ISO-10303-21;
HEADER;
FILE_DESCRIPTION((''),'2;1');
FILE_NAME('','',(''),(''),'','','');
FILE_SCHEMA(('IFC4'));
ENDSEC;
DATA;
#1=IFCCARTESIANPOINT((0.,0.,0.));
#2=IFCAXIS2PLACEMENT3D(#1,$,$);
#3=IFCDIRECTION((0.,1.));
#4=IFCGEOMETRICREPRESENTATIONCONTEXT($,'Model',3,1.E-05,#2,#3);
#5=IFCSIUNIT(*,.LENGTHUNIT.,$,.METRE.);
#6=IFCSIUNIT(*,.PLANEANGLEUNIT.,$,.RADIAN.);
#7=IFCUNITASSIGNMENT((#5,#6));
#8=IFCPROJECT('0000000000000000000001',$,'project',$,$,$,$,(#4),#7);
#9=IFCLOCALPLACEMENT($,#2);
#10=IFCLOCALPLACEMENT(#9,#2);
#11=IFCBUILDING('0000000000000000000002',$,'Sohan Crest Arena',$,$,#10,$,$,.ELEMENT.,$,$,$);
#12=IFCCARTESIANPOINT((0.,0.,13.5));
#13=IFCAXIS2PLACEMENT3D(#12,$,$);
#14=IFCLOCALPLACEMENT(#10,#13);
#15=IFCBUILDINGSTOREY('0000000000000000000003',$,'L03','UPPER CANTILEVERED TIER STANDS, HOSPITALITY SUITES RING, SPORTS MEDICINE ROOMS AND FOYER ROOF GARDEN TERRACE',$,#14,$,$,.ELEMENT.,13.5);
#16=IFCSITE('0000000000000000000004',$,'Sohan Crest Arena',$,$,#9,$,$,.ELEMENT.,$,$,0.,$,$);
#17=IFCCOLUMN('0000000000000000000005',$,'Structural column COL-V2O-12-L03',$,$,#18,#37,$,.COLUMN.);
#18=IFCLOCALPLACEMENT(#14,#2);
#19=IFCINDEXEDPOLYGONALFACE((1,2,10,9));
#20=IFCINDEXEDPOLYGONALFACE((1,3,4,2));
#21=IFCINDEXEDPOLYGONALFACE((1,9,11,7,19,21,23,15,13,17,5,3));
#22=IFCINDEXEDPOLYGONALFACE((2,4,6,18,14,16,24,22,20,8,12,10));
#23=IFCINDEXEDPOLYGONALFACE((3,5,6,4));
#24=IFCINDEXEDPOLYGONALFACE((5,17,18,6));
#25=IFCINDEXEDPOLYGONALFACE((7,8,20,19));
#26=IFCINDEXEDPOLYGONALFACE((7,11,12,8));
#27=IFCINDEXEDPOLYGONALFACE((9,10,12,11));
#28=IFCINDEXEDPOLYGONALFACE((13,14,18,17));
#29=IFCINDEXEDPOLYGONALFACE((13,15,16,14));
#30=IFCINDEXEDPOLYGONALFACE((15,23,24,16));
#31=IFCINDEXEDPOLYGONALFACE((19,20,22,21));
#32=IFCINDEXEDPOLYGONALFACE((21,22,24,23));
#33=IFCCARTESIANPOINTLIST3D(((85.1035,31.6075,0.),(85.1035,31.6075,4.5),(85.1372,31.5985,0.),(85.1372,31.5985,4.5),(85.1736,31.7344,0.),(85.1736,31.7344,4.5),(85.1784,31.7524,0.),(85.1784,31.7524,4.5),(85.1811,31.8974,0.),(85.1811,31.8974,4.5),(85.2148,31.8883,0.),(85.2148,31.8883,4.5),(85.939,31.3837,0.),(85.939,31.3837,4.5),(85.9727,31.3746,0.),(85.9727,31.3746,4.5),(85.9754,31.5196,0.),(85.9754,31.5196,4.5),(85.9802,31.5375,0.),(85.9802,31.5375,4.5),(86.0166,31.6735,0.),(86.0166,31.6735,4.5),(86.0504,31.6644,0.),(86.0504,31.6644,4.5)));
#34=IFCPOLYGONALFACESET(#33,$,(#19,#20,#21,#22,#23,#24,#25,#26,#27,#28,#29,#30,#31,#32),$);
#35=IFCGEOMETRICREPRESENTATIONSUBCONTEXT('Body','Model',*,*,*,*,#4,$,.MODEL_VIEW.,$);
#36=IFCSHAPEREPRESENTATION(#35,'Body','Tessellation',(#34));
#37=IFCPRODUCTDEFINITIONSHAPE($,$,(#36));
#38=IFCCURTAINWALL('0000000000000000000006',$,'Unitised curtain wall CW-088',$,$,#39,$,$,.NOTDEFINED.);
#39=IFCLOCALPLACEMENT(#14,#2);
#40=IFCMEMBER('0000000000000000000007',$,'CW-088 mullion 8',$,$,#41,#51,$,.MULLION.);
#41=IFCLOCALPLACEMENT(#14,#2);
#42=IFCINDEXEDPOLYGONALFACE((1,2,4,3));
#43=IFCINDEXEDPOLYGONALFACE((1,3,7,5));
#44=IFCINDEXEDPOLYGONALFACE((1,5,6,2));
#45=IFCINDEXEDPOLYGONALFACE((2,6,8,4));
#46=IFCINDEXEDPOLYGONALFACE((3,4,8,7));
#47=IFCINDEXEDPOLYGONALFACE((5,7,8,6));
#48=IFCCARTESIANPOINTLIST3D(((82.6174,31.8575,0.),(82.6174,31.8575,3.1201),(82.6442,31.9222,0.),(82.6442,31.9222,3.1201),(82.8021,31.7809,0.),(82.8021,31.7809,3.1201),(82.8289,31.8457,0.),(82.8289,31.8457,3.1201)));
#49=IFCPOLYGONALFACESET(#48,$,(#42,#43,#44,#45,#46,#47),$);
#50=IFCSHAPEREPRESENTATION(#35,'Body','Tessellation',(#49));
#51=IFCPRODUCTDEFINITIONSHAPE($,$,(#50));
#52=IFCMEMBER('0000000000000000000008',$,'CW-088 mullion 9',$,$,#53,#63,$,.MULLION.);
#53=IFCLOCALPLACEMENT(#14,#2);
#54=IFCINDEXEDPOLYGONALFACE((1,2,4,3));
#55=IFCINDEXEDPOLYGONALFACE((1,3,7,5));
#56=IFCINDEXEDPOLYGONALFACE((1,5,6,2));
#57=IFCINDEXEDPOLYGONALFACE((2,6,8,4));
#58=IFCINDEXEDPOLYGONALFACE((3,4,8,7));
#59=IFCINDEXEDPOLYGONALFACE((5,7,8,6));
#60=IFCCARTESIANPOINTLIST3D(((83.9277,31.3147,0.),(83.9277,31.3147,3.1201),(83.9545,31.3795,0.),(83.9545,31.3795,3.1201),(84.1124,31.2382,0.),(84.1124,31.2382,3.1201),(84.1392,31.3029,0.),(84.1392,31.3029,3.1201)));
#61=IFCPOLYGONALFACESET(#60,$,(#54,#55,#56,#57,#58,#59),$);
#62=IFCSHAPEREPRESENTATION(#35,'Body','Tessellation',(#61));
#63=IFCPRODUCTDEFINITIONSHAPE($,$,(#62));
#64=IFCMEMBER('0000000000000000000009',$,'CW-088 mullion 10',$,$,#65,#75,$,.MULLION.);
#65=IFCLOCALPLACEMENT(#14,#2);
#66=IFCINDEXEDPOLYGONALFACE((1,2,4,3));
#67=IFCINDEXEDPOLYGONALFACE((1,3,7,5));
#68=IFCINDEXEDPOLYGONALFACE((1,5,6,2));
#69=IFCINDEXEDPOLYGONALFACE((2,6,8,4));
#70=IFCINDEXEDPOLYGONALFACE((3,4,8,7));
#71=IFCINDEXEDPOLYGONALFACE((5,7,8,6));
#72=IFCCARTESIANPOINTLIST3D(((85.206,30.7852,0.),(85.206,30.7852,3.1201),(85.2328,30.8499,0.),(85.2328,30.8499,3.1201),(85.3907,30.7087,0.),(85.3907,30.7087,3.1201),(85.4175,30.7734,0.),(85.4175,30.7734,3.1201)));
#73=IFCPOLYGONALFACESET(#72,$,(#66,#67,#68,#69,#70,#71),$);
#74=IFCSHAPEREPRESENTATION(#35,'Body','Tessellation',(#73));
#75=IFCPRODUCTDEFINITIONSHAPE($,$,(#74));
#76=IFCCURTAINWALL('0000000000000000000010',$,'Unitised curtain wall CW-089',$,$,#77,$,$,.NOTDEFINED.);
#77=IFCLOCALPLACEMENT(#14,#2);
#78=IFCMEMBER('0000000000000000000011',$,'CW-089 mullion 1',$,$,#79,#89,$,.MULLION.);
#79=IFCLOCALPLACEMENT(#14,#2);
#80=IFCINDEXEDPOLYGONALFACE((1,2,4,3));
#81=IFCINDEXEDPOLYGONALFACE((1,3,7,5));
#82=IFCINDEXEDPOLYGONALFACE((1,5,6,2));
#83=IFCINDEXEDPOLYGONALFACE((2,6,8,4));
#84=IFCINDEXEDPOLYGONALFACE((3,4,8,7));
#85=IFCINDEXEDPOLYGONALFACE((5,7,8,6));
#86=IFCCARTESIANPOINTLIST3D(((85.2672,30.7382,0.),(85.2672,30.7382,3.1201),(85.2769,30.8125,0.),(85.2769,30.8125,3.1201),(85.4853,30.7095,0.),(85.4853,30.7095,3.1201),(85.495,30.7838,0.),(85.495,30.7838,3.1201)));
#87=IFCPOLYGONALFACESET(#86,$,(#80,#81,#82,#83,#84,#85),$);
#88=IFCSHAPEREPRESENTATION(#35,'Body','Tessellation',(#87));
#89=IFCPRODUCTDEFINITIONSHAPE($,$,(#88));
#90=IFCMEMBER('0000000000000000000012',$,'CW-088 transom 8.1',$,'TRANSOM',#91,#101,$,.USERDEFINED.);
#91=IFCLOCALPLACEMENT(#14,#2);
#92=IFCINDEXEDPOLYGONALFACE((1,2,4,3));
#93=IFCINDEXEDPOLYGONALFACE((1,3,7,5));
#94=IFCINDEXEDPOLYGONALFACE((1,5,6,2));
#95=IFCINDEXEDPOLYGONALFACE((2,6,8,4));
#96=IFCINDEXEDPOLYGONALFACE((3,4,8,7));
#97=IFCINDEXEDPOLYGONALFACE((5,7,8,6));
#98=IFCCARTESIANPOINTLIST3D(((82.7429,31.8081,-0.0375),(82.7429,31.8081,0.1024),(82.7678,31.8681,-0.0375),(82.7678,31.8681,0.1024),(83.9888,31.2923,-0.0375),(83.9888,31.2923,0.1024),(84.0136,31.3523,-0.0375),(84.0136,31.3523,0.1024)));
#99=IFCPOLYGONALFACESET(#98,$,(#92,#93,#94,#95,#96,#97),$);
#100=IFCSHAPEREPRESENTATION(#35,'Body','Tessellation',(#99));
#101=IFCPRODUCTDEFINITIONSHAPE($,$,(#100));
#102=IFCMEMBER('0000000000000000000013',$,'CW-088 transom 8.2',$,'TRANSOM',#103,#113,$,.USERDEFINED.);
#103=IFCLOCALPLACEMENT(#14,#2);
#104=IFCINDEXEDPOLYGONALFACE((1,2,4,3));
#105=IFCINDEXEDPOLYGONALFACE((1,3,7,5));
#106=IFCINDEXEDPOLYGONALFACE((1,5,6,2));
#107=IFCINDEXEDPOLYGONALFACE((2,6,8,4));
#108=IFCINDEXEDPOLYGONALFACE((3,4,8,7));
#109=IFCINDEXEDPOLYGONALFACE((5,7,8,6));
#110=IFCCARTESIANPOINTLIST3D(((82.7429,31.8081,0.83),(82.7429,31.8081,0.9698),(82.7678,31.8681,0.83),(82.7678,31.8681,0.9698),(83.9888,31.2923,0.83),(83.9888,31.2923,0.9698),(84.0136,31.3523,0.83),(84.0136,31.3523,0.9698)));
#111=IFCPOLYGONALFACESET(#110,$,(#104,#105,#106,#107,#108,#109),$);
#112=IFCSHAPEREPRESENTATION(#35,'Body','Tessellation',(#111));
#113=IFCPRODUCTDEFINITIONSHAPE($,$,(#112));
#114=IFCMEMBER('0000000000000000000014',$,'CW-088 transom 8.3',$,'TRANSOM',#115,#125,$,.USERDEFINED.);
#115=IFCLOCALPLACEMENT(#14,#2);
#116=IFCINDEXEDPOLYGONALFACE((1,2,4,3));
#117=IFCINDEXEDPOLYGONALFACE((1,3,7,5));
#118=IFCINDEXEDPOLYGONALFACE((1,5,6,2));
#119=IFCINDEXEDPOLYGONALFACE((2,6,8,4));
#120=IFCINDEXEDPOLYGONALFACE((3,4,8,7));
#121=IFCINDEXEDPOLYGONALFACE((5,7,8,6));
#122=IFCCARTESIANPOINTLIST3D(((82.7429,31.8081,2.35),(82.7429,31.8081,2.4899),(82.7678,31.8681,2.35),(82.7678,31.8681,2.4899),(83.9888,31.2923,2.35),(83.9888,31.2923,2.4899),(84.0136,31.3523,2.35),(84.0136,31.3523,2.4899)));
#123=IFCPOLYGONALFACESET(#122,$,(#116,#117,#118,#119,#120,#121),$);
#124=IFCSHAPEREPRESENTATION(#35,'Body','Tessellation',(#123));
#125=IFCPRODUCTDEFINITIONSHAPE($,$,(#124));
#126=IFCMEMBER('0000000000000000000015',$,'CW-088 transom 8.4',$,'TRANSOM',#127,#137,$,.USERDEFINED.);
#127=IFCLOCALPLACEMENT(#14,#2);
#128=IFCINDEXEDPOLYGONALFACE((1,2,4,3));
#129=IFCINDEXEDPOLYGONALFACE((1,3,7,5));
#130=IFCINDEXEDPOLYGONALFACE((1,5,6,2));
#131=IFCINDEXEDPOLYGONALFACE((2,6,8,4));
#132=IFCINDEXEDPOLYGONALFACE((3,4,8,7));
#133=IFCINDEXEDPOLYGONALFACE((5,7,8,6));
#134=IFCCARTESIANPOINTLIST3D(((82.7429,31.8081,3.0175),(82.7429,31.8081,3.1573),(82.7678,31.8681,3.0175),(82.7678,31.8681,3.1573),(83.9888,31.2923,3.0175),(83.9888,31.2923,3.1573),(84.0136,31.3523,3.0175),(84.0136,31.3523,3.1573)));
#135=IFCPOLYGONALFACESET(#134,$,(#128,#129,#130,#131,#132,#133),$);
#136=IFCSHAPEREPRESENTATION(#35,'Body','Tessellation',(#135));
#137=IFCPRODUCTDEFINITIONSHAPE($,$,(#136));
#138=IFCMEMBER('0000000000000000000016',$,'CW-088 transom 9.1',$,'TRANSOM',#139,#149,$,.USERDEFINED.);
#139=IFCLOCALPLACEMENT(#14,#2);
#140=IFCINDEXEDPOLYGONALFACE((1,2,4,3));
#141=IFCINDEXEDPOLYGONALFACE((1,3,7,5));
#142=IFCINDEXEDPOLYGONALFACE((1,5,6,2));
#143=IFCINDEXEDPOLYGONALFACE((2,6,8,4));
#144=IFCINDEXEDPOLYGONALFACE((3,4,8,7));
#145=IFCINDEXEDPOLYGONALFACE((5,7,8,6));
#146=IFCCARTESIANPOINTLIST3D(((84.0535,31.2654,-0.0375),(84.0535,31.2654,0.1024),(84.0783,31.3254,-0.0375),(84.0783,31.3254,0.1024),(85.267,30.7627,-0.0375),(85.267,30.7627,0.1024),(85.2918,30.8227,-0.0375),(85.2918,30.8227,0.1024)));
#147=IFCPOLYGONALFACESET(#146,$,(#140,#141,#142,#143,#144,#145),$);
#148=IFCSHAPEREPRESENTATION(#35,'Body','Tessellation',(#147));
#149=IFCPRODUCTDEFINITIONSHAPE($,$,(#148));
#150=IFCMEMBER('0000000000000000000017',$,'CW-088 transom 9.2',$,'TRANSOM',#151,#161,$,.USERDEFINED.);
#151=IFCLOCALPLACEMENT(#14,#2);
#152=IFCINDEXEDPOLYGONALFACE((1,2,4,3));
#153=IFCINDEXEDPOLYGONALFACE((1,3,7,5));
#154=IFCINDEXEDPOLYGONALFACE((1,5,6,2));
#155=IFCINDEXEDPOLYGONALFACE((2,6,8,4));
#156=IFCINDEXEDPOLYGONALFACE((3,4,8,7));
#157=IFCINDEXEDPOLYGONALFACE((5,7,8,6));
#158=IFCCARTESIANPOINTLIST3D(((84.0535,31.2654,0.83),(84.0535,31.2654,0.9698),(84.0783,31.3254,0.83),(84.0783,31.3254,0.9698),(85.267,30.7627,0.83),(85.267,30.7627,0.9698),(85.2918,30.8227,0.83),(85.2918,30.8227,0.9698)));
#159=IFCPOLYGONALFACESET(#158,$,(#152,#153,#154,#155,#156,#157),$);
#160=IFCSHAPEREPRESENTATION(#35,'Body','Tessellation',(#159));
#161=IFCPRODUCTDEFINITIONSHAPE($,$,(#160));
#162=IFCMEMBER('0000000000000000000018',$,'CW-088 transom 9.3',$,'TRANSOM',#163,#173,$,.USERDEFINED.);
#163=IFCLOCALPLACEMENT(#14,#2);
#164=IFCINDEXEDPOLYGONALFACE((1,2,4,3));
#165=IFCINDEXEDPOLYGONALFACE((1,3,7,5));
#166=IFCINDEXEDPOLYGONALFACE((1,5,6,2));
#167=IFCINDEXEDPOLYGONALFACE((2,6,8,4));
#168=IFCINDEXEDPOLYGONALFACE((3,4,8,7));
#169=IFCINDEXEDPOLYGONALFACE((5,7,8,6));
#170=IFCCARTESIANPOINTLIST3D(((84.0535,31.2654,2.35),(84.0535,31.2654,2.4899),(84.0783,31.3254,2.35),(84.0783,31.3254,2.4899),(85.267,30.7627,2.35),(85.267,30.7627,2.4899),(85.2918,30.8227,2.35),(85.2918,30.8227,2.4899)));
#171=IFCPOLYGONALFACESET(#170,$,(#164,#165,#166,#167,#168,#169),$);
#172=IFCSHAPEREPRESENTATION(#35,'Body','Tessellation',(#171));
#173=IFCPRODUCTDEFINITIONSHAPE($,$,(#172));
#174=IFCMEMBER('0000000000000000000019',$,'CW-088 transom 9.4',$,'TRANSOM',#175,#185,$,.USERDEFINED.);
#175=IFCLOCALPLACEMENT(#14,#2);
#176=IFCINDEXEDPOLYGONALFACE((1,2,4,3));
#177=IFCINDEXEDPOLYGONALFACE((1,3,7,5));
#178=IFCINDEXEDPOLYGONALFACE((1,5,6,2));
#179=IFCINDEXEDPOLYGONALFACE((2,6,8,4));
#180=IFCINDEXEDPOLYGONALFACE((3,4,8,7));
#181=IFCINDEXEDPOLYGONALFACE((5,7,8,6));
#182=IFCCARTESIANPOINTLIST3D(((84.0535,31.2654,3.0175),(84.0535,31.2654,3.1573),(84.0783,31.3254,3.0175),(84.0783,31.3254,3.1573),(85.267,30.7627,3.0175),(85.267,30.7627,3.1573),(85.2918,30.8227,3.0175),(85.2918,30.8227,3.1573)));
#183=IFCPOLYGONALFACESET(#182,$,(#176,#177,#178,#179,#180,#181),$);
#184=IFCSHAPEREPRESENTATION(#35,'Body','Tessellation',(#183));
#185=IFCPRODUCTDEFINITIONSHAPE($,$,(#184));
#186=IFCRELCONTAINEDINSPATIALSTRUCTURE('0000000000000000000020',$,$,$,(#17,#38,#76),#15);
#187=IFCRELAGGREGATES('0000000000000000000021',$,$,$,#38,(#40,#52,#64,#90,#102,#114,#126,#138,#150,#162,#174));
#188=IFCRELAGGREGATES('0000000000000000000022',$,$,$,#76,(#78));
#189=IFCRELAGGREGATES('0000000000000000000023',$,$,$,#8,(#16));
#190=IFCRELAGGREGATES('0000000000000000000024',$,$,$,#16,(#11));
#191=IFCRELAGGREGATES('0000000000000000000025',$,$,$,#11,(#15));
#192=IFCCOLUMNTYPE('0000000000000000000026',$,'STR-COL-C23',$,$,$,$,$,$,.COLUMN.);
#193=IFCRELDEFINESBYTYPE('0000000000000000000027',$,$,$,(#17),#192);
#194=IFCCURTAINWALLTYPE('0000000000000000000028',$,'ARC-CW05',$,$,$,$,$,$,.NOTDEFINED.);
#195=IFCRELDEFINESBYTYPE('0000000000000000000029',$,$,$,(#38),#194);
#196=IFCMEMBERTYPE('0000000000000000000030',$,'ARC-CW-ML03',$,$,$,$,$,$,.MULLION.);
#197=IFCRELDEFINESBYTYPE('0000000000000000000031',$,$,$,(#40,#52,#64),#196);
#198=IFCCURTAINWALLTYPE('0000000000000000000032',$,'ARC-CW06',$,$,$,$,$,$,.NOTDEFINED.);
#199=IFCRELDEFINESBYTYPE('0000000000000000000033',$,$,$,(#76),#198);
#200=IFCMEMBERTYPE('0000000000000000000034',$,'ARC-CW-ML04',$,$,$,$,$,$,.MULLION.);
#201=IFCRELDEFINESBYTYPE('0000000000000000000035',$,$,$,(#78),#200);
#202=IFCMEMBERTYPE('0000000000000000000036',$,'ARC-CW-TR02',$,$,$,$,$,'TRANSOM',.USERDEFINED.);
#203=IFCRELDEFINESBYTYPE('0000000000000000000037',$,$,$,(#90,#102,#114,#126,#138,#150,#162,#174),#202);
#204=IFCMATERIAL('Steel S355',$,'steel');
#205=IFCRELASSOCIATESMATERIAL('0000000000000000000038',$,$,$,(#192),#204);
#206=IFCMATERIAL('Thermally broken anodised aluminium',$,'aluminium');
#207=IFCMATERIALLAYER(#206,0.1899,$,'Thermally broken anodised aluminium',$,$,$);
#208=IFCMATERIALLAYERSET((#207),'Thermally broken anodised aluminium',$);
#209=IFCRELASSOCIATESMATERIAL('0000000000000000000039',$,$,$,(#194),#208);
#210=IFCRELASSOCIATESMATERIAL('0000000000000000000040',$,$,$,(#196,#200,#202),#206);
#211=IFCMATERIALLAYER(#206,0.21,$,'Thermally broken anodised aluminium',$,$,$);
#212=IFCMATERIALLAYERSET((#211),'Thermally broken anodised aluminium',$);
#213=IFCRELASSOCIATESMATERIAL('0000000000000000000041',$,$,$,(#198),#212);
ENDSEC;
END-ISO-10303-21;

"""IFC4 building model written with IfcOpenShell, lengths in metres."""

from ifc_helpers import new_model, si_unit, direction, frame, origin, origin_2d, place, context, subcontext, project, spatial, rectangle, i_section, extrude, material, layer, layer_set, material_profile, profile_set, type_object, element, aggregate, save


model = new_model("IFC4")

# Units and contexts
model_context = context("Model", 3, precision=1e-05, world=origin(), true_north=direction((0.0, 1.0)))
body_context = subcontext(model_context, "Body", "Model", "MODEL_VIEW")
ifc_project = project(units=[si_unit("LENGTHUNIT", "METRE"), si_unit("PLANEANGLEUNIT", "RADIAN")], contexts=[model_context])

# Site, building, storey
site_placement = place(None, origin())
site = spatial("IfcSite", under=ifc_project, at=site_placement, Name="Sohan Crest Arena", CompositionType="ELEMENT", RefElevation=0.0)
building_placement = place(site_placement, origin())
building = spatial("IfcBuilding", under=site, at=building_placement, Name="Sohan Crest Arena", CompositionType="ELEMENT")
storey_placement = place(building_placement, frame((0.0, 0.0, 13.5)))
storey = spatial("IfcBuildingStorey", under=building, at=storey_placement, Name="L03", Description="UPPER CANTILEVERED TIER STANDS, HOSPITALITY SUITES RING, SPORTS MEDICINE ROOMS AND FOYER ROOF GARDEN TERRACE", CompositionType="ELEMENT", Elevation=13.5)

# Column
ifc_material_1 = material(Name="Steel S355", Category="steel")
ifc_material_profile_1 = material_profile(ifc_material_1, i_section(OverallWidth=0.3, OverallDepth=0.8999, WebThickness=0.0186, FlangeThickness=0.0349, at=origin_2d()), Name="HEB 900")
ifc_profile_set_1 = profile_set([ifc_material_profile_1], Name="Steel S355")
column_type = type_object("IfcColumnType", Name="STR-COL-C23", PredefinedType="COLUMN", material=ifc_profile_set_1)
column_placement = place(storey_placement, frame((85.5769, 31.636, 0.0), z_axis=(0.0, 0.0, 1.0), x_axis=(0.258819, 0.965926, 0.0)))
element("IfcColumn", 1, at=column_placement, inside=storey, type_object=column_type, Name="Structural column COL-V2O-12-L03", PredefinedType="COLUMN", context=body_context, shape_type="SweptSolid", body=[
    extrude(i_section(OverallWidth=0.3, OverallDepth=0.8999, WebThickness=0.0186, FlangeThickness=0.0349, at=origin_2d()), origin(), (0.0, 0.0, 1.0), 4.5),
])

# Curtain wall, members
ifc_material_2 = material(Name="Thermally broken anodised aluminium", Category="aluminium")
ifc_layer_1 = layer(ifc_material_2, 0.1899, Name="Thermally broken anodised aluminium")
ifc_layer_set_1 = layer_set([ifc_layer_1], Name="Thermally broken anodised aluminium")
curtain_wall_type_1 = type_object("IfcCurtainWallType", Name="ARC-CW05", PredefinedType="NOTDEFINED", material=ifc_layer_set_1)
curtain_wall_1_placement = place(storey_placement, origin())
curtain_wall_1 = element("IfcCurtainWall", 2, at=curtain_wall_1_placement, inside=storey, type_object=curtain_wall_type_1, Name="Unitised curtain wall CW-088", PredefinedType="NOTDEFINED")
ifc_material_profile_2 = material_profile(ifc_material_2, rectangle(XDim=0.0701, YDim=0.2, at=origin_2d()), Name="ALU-MULL 70x200")
ifc_profile_set_2 = profile_set([ifc_material_profile_2], Name="Thermally broken anodised aluminium")
member_type_1 = type_object("IfcMemberType", Name="ARC-CW-ML03", PredefinedType="MULLION", material=ifc_profile_set_2)
member_1_placement = place(storey_placement, frame((82.7231, 31.8516, 0.0), z_axis=(0.0, 0.0, 1.0), x_axis=(0.382668, 0.923886, 0.0)))
member_1 = element("IfcMember", 3, at=member_1_placement, type_object=member_type_1, Name="CW-088 mullion 8", PredefinedType="MULLION", context=body_context, shape_type="SweptSolid", body=[
    extrude(rectangle(XDim=0.0701, YDim=0.2, at=origin_2d()), origin(), (0.0, 0.0, 1.0), 3.1201),
])
member_2_placement = place(storey_placement, frame((84.0334, 31.3088, 0.0), z_axis=(0.0, 0.0, 1.0), x_axis=(0.382668, 0.923886, 0.0)))
member_2 = element("IfcMember", 4, at=member_2_placement, type_object=member_type_1, Name="CW-088 mullion 9", PredefinedType="MULLION", context=body_context, shape_type="SweptSolid", body=[
    extrude(rectangle(XDim=0.0701, YDim=0.2, at=origin_2d()), origin(), (0.0, 0.0, 1.0), 3.1201),
])
member_3_placement = place(storey_placement, frame((85.3118, 30.7793, 0.0), z_axis=(0.0, 0.0, 1.0), x_axis=(0.382668, 0.923886, 0.0)))
member_3 = element("IfcMember", 5, at=member_3_placement, type_object=member_type_1, Name="CW-088 mullion 10", PredefinedType="MULLION", context=body_context, shape_type="SweptSolid", body=[
    extrude(rectangle(XDim=0.0701, YDim=0.2, at=origin_2d()), origin(), (0.0, 0.0, 1.0), 3.1201),
])

# Curtain wall, member
ifc_layer_2 = layer(ifc_material_2, 0.21, Name="Thermally broken anodised aluminium")
ifc_layer_set_2 = layer_set([ifc_layer_2], Name="Thermally broken anodised aluminium")
curtain_wall_type_2 = type_object("IfcCurtainWallType", Name="ARC-CW06", PredefinedType="NOTDEFINED", material=ifc_layer_set_2)
curtain_wall_2_placement = place(storey_placement, origin())
curtain_wall_2 = element("IfcCurtainWall", 6, at=curtain_wall_2_placement, inside=storey, type_object=curtain_wall_type_2, Name="Unitised curtain wall CW-089", PredefinedType="NOTDEFINED")
ifc_material_profile_3 = material_profile(ifc_material_2, rectangle(XDim=0.075, YDim=0.22, at=origin_2d()), Name="ALU-MULL 75x220")
ifc_profile_set_3 = profile_set([ifc_material_profile_3], Name="Thermally broken anodised aluminium")
member_type_2 = type_object("IfcMemberType", Name="ARC-CW-ML04", PredefinedType="MULLION", material=ifc_profile_set_3)
member_4_placement = place(storey_placement, frame((85.3811, 30.761, 0.0), z_axis=(0.0, 0.0, 1.0), x_axis=(0.130511, 0.991447, 0.0)))
member_4 = element("IfcMember", 7, at=member_4_placement, type_object=member_type_2, Name="CW-089 mullion 1", PredefinedType="MULLION", context=body_context, shape_type="SweptSolid", body=[
    extrude(rectangle(XDim=0.075, YDim=0.22, at=origin_2d()), origin(), (0.0, 0.0, 1.0), 3.1201),
])

# Members
ifc_material_profile_4 = material_profile(ifc_material_2, rectangle(XDim=0.0649, YDim=0.1399, at=origin_2d()), Name="ALU-TRAN 65x140")
ifc_profile_set_4 = profile_set([ifc_material_profile_4], Name="Thermally broken anodised aluminium")
member_type_3 = type_object("IfcMemberType", Name="ARC-CW-TR02", ElementType="TRANSOM", PredefinedType="USERDEFINED", material=ifc_profile_set_4)
member_5_placement = place(storey_placement, frame((82.7554, 31.8381, 0.0325), z_axis=(0.923926, -0.38257, 0.0), x_axis=(0.38257, 0.923926, 0.0)))
member_5 = element("IfcMember", 8, at=member_5_placement, type_object=member_type_3, Name="CW-088 transom 8.1", ObjectType="TRANSOM", PredefinedType="USERDEFINED", context=body_context, shape_type="SweptSolid", body=[
    extrude(rectangle(XDim=0.0649, YDim=0.1399, at=origin_2d()), origin(), (0.0, 0.0, 1.0), 1.3484),
])
member_6_placement = place(storey_placement, frame((82.7554, 31.8381, 0.8999), z_axis=(0.923926, -0.38257, 0.0), x_axis=(0.38257, 0.923926, 0.0)))
member_6 = element("IfcMember", 9, at=member_6_placement, type_object=member_type_3, Name="CW-088 transom 8.2", ObjectType="TRANSOM", PredefinedType="USERDEFINED", context=body_context, shape_type="SweptSolid", body=[
    extrude(rectangle(XDim=0.0649, YDim=0.1399, at=origin_2d()), origin(), (0.0, 0.0, 1.0), 1.3484),
])
member_7_placement = place(storey_placement, frame((82.7554, 31.8381, 2.4199), z_axis=(0.923926, -0.38257, 0.0), x_axis=(0.38257, 0.923926, 0.0)))
member_7 = element("IfcMember", 10, at=member_7_placement, type_object=member_type_3, Name="CW-088 transom 8.3", ObjectType="TRANSOM", PredefinedType="USERDEFINED", context=body_context, shape_type="SweptSolid", body=[
    extrude(rectangle(XDim=0.0649, YDim=0.1399, at=origin_2d()), origin(), (0.0, 0.0, 1.0), 1.3484),
])
member_8_placement = place(storey_placement, frame((82.7554, 31.8381, 3.0874), z_axis=(0.923926, -0.38257, 0.0), x_axis=(0.38257, 0.923926, 0.0)))
member_8 = element("IfcMember", 11, at=member_8_placement, type_object=member_type_3, Name="CW-088 transom 8.4", ObjectType="TRANSOM", PredefinedType="USERDEFINED", context=body_context, shape_type="SweptSolid", body=[
    extrude(rectangle(XDim=0.0649, YDim=0.1399, at=origin_2d()), origin(), (0.0, 0.0, 1.0), 1.3484),
])
member_9_placement = place(storey_placement, frame((84.0659, 31.2954, 0.0325), z_axis=(0.923856, -0.38274, 0.0), x_axis=(0.38274, 0.923856, 0.0)))
member_9 = element("IfcMember", 12, at=member_9_placement, type_object=member_type_3, Name="CW-088 transom 9.1", ObjectType="TRANSOM", PredefinedType="USERDEFINED", context=body_context, shape_type="SweptSolid", body=[
    extrude(rectangle(XDim=0.0649, YDim=0.1399, at=origin_2d()), origin(), (0.0, 0.0, 1.0), 1.3135),
])
member_10_placement = place(storey_placement, frame((84.0659, 31.2954, 0.8999), z_axis=(0.923856, -0.38274, 0.0), x_axis=(0.38274, 0.923856, 0.0)))
member_10 = element("IfcMember", 13, at=member_10_placement, type_object=member_type_3, Name="CW-088 transom 9.2", ObjectType="TRANSOM", PredefinedType="USERDEFINED", context=body_context, shape_type="SweptSolid", body=[
    extrude(rectangle(XDim=0.0649, YDim=0.1399, at=origin_2d()), origin(), (0.0, 0.0, 1.0), 1.3135),
])
member_11_placement = place(storey_placement, frame((84.0659, 31.2954, 2.4199), z_axis=(0.923856, -0.38274, 0.0), x_axis=(0.38274, 0.923856, 0.0)))
member_11 = element("IfcMember", 14, at=member_11_placement, type_object=member_type_3, Name="CW-088 transom 9.3", ObjectType="TRANSOM", PredefinedType="USERDEFINED", context=body_context, shape_type="SweptSolid", body=[
    extrude(rectangle(XDim=0.0649, YDim=0.1399, at=origin_2d()), origin(), (0.0, 0.0, 1.0), 1.3135),
])
member_12_placement = place(storey_placement, frame((84.0659, 31.2954, 3.0874), z_axis=(0.923856, -0.38274, 0.0), x_axis=(0.38274, 0.923856, 0.0)))
member_12 = element("IfcMember", 15, at=member_12_placement, type_object=member_type_3, Name="CW-088 transom 9.4", ObjectType="TRANSOM", PredefinedType="USERDEFINED", context=body_context, shape_type="SweptSolid", body=[
    extrude(rectangle(XDim=0.0649, YDim=0.1399, at=origin_2d()), origin(), (0.0, 0.0, 1.0), 1.3135),
])

aggregate(curtain_wall_1, [member_1, member_2, member_3, member_5, member_6, member_7, member_8, member_9, member_10, member_11, member_12])
aggregate(curtain_wall_2, [member_4])

save(model, "model.ifc")
